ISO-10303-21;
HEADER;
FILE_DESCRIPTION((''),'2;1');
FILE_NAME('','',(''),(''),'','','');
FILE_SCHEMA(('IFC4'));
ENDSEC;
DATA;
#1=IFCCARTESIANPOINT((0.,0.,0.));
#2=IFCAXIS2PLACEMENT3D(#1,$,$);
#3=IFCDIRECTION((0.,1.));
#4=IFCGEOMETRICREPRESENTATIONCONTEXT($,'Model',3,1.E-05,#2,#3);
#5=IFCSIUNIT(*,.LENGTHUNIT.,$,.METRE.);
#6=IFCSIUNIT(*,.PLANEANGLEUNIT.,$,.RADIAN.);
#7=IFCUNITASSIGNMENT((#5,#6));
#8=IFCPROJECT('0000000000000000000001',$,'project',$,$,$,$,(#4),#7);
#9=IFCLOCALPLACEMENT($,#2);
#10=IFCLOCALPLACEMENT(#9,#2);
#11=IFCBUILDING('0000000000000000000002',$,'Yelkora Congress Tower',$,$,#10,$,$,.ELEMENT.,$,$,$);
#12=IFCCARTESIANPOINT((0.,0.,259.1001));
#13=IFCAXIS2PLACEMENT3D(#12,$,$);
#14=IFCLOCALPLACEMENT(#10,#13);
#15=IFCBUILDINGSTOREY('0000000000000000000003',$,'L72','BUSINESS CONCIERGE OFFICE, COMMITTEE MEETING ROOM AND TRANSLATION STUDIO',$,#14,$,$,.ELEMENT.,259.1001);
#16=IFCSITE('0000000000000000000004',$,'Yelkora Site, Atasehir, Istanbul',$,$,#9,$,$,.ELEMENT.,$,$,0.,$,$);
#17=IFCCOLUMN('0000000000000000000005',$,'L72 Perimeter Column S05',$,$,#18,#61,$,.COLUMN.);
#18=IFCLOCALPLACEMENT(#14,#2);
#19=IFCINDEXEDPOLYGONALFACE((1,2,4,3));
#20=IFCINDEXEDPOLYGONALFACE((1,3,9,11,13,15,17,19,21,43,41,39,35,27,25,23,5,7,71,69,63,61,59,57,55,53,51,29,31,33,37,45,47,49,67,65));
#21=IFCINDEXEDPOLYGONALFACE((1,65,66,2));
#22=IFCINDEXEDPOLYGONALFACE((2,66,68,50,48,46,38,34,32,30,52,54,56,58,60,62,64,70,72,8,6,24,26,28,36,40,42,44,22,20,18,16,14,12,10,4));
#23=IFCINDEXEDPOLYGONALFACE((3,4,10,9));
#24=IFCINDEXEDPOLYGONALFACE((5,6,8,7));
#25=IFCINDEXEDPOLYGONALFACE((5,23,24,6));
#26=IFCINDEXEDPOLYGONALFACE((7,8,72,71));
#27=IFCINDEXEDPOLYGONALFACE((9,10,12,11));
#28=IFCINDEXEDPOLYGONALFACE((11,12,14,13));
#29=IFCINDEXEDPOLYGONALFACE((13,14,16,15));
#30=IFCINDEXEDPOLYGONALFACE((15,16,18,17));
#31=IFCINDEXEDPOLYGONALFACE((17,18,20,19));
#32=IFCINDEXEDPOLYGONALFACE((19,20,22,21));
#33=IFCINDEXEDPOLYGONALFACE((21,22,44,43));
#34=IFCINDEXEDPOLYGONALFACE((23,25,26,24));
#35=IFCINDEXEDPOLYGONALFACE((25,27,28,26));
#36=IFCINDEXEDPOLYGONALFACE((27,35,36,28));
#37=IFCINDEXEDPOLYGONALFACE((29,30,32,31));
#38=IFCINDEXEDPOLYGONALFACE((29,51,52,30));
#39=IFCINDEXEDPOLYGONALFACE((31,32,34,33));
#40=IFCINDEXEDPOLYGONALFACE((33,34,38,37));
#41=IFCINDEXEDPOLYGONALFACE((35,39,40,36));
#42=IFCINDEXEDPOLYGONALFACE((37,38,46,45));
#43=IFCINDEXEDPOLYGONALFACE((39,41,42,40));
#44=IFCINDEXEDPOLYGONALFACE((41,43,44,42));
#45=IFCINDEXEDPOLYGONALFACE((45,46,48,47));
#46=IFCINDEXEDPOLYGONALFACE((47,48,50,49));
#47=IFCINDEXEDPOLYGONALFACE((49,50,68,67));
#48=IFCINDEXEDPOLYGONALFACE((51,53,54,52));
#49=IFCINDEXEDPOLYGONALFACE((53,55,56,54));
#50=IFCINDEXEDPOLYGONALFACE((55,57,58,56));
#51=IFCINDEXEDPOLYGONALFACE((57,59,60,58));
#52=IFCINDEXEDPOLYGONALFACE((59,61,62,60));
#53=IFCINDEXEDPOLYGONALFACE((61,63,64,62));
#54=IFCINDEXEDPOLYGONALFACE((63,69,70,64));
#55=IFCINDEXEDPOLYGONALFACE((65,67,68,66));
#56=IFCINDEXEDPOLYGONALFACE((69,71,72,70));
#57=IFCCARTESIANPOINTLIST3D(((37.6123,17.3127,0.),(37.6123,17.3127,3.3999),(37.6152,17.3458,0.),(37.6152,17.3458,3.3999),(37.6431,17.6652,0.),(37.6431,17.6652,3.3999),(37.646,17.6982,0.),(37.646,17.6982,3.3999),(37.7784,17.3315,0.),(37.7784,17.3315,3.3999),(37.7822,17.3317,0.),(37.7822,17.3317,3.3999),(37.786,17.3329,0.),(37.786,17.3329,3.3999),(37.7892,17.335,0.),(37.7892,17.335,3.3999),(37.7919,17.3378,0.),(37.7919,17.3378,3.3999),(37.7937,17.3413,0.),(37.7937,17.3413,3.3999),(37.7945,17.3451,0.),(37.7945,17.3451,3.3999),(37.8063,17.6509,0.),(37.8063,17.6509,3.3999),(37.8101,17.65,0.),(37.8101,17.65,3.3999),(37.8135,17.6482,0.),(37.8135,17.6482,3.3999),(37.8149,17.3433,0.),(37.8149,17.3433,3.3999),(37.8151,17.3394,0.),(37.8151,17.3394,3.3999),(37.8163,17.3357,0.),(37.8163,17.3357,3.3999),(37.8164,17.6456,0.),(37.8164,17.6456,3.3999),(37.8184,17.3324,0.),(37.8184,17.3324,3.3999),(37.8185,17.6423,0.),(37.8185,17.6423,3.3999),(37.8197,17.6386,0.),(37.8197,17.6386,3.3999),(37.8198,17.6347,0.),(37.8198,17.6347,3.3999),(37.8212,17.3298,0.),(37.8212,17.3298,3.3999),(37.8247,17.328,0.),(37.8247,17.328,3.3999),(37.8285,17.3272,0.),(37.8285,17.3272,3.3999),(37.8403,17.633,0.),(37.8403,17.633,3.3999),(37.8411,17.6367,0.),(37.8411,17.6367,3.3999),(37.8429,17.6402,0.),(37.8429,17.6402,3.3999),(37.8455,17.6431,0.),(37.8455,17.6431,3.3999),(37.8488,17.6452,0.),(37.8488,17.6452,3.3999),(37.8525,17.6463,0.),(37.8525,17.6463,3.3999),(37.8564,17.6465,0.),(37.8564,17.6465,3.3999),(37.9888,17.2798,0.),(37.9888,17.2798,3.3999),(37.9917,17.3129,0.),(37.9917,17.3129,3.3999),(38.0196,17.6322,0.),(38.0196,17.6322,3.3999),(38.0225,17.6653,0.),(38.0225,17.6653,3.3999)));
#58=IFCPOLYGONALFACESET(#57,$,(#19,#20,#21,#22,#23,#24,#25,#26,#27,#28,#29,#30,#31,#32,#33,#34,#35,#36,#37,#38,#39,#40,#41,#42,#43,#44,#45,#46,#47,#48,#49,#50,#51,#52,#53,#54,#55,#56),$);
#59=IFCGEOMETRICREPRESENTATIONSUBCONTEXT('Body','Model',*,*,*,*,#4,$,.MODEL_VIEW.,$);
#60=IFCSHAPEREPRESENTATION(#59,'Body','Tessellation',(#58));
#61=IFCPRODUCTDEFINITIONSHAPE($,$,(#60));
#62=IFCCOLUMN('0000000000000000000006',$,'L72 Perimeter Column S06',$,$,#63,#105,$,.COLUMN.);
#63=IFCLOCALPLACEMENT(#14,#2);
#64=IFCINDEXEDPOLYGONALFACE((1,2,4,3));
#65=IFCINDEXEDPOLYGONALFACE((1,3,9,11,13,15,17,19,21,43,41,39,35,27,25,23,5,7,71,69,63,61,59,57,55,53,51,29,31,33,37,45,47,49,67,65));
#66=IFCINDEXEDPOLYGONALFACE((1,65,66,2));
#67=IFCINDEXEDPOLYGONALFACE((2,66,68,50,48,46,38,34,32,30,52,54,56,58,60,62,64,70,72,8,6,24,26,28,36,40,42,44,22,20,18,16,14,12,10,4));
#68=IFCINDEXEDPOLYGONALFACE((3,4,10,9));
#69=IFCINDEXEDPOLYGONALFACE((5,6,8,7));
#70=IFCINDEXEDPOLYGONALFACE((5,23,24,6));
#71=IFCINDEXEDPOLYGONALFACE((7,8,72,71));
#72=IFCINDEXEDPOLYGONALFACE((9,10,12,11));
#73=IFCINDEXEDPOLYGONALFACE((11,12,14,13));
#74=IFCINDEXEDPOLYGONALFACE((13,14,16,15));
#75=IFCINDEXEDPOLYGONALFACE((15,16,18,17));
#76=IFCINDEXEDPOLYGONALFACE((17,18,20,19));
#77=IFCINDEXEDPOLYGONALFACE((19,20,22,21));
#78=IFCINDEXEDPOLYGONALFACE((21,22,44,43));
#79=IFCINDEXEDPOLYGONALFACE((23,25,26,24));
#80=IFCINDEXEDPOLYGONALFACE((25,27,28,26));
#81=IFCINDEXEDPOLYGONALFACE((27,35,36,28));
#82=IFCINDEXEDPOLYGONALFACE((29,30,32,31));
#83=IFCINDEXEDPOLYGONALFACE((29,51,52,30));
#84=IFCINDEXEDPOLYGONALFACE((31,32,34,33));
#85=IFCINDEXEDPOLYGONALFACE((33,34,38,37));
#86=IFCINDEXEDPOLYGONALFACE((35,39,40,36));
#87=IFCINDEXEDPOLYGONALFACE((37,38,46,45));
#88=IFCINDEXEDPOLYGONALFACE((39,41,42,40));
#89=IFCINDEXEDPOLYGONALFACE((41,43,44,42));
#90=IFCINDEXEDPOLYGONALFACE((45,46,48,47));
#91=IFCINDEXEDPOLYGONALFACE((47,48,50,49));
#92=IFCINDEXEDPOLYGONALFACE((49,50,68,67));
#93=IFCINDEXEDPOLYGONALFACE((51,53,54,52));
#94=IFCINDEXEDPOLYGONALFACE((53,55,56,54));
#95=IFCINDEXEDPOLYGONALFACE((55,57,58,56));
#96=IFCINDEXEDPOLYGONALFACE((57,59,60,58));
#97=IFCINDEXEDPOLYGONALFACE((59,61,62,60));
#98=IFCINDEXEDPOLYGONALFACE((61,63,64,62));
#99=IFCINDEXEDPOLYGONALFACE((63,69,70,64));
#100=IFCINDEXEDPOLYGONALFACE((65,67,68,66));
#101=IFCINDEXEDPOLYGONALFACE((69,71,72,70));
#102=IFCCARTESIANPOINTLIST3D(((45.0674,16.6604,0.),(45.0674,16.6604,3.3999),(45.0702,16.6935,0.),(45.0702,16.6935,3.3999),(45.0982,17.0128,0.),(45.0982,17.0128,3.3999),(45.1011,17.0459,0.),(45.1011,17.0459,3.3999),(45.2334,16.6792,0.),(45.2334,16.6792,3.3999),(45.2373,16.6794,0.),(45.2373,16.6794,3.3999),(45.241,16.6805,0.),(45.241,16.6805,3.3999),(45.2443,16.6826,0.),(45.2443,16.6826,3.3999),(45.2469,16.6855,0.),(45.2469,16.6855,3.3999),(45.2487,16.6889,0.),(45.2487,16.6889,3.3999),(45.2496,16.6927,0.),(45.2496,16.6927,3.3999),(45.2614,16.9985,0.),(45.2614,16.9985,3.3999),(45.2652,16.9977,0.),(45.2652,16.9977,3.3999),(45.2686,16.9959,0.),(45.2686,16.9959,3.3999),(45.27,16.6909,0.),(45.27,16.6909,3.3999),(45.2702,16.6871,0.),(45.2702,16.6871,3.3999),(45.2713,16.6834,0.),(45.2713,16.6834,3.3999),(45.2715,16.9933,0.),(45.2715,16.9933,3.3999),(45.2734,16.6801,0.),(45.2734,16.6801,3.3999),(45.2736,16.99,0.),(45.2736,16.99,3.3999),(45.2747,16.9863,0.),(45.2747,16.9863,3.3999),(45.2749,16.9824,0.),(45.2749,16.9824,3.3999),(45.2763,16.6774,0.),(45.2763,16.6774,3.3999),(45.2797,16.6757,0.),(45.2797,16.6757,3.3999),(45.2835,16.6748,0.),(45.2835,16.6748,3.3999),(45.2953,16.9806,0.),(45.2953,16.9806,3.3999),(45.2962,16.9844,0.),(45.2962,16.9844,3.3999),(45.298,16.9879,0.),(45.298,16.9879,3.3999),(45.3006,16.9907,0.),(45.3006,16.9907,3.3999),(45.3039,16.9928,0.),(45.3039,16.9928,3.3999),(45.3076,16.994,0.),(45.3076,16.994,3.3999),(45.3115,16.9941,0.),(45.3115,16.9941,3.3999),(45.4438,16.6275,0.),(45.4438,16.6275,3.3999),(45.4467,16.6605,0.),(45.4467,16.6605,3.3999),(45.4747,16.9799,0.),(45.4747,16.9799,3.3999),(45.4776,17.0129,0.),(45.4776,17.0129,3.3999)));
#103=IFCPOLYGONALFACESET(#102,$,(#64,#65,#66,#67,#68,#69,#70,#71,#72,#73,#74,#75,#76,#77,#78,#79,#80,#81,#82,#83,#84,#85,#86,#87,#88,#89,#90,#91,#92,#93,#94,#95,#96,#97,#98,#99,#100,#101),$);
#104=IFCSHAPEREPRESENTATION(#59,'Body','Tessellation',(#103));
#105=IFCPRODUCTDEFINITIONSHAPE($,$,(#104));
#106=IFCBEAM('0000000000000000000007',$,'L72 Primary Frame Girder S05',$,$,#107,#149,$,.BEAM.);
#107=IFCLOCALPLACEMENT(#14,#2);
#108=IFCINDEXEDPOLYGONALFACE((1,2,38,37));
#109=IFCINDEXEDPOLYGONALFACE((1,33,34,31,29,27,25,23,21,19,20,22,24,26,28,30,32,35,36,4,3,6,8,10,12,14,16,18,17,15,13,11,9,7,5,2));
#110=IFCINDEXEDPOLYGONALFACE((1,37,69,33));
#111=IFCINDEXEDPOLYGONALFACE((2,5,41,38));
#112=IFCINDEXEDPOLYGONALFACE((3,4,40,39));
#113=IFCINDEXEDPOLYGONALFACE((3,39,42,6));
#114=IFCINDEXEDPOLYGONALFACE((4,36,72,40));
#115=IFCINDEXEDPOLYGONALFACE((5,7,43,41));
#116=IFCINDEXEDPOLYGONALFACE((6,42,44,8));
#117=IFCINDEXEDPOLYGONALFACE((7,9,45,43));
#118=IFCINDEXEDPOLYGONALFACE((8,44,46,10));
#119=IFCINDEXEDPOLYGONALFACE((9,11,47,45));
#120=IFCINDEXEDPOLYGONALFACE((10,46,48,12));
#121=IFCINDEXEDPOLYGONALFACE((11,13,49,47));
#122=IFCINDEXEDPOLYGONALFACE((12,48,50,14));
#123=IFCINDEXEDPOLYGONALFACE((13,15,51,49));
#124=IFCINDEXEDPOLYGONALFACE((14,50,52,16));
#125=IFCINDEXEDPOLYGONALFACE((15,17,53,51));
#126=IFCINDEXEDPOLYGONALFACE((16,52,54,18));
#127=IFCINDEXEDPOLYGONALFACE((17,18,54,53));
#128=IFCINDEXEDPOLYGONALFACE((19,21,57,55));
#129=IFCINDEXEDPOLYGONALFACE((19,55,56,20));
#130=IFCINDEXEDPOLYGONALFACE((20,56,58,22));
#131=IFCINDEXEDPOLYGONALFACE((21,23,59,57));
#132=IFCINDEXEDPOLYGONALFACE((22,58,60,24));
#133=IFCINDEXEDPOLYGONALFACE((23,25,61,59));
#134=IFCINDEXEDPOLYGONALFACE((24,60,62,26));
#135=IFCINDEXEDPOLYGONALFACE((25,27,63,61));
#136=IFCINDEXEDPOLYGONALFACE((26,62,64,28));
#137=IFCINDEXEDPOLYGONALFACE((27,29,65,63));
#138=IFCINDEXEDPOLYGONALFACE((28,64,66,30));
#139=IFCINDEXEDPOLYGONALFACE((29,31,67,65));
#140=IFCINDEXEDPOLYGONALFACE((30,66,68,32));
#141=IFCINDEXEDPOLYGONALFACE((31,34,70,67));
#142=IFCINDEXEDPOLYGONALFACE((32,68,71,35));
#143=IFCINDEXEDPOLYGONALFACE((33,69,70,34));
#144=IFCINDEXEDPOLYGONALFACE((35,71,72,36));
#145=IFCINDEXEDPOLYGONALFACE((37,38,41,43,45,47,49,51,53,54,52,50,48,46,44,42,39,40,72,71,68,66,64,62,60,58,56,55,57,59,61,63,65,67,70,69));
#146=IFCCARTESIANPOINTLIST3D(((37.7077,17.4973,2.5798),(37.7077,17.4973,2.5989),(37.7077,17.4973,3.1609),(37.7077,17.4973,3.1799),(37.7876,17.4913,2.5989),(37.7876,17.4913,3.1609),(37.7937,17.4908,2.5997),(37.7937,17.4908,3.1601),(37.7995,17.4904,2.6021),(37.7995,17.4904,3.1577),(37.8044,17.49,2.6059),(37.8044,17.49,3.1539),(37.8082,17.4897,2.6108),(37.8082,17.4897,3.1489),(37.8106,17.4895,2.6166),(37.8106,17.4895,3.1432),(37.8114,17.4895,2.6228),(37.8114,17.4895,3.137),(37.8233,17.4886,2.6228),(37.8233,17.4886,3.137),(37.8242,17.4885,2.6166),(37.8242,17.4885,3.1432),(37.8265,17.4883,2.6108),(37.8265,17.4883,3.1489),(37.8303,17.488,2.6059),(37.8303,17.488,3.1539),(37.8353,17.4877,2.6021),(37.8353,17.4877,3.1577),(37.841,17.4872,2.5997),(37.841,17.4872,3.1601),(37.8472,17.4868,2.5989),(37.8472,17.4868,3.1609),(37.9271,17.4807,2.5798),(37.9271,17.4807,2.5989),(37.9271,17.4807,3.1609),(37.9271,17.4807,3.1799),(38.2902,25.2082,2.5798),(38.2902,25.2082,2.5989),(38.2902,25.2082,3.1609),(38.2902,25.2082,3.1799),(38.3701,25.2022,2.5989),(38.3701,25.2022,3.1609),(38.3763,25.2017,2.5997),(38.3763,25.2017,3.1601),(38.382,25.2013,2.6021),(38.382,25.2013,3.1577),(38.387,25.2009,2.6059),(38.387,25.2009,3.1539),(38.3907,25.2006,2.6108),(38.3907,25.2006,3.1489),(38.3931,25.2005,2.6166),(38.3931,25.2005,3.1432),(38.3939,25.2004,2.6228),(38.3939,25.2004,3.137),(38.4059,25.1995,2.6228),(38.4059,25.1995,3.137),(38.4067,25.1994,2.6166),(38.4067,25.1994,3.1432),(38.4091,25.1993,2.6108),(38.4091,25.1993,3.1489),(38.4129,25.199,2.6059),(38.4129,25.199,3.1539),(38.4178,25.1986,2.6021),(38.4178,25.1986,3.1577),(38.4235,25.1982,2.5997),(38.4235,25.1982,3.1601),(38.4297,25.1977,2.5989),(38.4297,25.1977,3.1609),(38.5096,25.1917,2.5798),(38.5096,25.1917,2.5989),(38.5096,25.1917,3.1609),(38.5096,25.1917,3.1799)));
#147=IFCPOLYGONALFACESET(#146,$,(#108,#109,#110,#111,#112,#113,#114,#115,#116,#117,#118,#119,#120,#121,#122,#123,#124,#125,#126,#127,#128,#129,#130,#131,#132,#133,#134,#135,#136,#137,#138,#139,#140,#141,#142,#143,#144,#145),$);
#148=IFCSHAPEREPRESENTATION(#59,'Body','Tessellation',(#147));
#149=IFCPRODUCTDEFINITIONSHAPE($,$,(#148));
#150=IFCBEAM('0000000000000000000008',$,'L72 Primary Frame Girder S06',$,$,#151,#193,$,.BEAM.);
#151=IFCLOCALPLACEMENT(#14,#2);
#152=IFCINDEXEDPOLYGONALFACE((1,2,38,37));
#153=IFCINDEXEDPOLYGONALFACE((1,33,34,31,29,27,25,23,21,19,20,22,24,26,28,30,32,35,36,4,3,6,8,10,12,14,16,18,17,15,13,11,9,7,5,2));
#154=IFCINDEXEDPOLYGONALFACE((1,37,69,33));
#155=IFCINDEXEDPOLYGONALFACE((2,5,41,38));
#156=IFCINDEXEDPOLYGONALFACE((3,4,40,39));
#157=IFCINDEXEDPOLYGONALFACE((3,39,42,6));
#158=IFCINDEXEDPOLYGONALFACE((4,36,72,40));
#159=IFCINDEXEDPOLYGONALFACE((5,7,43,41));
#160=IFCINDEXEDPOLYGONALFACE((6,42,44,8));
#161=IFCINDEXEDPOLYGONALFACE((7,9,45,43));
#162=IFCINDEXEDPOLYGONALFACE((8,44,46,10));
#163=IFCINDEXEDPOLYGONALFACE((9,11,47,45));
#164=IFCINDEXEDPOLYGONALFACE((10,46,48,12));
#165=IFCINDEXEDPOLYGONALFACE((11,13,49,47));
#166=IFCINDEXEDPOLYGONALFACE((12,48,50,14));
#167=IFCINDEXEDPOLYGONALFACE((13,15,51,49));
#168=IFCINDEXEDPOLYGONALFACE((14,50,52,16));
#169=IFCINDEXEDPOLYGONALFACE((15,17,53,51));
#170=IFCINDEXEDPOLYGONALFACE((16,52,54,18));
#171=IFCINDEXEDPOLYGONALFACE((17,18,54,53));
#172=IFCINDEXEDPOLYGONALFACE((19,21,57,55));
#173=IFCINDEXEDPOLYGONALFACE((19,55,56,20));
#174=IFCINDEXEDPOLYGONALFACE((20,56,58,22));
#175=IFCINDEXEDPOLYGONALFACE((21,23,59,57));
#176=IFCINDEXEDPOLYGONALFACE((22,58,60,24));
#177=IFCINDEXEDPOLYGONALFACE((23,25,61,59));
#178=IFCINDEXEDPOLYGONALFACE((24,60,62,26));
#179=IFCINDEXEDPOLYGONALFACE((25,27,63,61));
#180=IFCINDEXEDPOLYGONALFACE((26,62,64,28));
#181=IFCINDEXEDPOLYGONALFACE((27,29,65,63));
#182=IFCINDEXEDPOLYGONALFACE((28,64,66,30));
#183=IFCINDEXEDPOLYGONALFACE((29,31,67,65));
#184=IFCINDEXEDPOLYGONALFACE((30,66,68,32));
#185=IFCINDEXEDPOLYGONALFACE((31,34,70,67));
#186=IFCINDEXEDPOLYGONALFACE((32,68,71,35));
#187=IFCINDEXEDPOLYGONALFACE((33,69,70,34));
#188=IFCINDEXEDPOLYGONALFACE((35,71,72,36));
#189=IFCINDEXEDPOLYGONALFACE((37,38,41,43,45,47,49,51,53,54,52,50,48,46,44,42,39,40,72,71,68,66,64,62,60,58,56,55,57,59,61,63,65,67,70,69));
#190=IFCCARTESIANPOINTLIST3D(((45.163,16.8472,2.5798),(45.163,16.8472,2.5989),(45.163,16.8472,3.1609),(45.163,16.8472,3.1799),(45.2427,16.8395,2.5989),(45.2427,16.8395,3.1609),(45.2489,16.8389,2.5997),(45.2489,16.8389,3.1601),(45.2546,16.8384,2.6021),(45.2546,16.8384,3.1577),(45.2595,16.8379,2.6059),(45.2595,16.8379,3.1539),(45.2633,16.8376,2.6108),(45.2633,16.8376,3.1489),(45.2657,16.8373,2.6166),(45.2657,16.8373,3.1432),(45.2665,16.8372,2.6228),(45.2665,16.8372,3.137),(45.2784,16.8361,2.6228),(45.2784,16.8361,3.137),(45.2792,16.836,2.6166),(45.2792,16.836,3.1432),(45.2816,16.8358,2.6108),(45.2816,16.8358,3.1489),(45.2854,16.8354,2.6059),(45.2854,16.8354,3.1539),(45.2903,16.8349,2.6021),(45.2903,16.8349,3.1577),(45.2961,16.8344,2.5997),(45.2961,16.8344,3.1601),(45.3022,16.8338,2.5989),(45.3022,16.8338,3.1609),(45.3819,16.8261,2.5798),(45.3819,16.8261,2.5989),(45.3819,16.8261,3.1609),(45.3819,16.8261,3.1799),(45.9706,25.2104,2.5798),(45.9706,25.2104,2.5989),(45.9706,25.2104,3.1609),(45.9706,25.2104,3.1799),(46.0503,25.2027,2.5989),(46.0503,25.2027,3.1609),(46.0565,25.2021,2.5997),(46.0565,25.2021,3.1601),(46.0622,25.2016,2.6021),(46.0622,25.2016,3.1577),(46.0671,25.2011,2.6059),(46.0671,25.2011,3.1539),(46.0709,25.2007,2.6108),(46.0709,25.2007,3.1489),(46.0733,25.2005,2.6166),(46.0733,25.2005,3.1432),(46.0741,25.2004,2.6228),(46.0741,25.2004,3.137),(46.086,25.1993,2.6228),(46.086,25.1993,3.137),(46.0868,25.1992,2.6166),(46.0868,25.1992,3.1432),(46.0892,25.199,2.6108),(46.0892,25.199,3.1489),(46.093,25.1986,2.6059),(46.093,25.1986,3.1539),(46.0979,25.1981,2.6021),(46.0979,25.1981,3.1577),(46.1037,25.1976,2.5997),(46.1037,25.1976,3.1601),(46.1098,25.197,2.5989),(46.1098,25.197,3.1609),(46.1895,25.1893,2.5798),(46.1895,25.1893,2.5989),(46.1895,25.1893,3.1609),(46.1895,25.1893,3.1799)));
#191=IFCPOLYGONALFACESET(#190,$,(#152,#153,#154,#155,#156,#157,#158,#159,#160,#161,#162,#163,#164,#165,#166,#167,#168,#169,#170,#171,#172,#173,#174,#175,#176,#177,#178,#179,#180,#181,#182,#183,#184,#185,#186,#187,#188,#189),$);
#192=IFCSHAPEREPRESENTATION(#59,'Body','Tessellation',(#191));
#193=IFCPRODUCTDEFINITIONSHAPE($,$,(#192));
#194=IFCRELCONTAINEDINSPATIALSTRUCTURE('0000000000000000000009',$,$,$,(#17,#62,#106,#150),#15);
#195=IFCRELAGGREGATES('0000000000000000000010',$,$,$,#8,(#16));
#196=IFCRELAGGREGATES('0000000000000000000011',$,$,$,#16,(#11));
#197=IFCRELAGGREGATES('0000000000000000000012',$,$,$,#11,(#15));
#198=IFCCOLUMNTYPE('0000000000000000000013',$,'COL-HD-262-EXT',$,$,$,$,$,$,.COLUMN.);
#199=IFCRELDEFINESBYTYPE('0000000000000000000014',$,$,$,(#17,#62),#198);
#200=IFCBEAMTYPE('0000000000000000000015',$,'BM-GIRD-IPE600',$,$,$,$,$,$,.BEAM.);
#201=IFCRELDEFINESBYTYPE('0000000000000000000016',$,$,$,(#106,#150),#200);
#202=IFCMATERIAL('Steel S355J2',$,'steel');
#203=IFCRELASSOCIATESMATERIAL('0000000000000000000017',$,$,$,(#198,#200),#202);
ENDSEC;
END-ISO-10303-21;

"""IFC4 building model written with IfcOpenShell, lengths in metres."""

from ifc_helpers import new_model, si_unit, direction, frame, origin, origin_2d, place, context, subcontext, project, spatial, i_section, extrude, material, material_profile, profile_set, type_object, element, save


model = new_model("IFC4")

# Units and contexts
model_context = context("Model", 3, precision=1e-05, world=origin(), true_north=direction((0.0, 1.0)))
body_context = subcontext(model_context, "Body", "Model", "MODEL_VIEW")
ifc_project = project(units=[si_unit("LENGTHUNIT", "METRE"), si_unit("PLANEANGLEUNIT", "RADIAN")], contexts=[model_context])

# Site, building, storey
site_placement = place(None, origin())
site = spatial("IfcSite", under=ifc_project, at=site_placement, Name="Yelkora Site, Atasehir, Istanbul", CompositionType="ELEMENT", RefElevation=0.0)
building_placement = place(site_placement, origin())
building = spatial("IfcBuilding", under=site, at=building_placement, Name="Yelkora Congress Tower", CompositionType="ELEMENT")
storey_placement = place(building_placement, frame((0.0, 0.0, 259.1001)))
storey = spatial("IfcBuildingStorey", under=building, at=storey_placement, Name="L72", Description="BUSINESS CONCIERGE OFFICE, COMMITTEE MEETING ROOM AND TRANSLATION STUDIO", CompositionType="ELEMENT", Elevation=259.1001)

# Columns
ifc_material_1 = material(Name="Steel S355J2", Category="steel")
ifc_material_profile_1 = material_profile(ifc_material_1, i_section(OverallWidth=0.3779, OverallDepth=0.387, WebThickness=0.0205, FlangeThickness=0.0332, FilletRadius=0.0149, at=origin_2d()), Name="HD 360x262")
ifc_profile_set_1 = profile_set([ifc_material_profile_1], Name="Steel S355J2")
column_type = type_object("IfcColumnType", Name="COL-HD-262-EXT", PredefinedType="COLUMN", material=ifc_profile_set_1)
for number, where, z_axis, x_axis, name in (
    (1, (37.8174, 17.489, 0.0), (0.0, 0.0, 1.0), (0.996195, -0.087156, 0.0), "L72 Perimeter Column S05"),
    (2, (45.2725, 16.8367, 0.0), (0.0, 0.0, 1.0), (0.996195, -0.087156, 0.0), "L72 Perimeter Column S06"),
):
    element("IfcColumn", number, at=place(storey_placement, frame(where, z_axis=z_axis, x_axis=x_axis)), inside=storey, type_object=column_type, Name=name, PredefinedType="COLUMN", context=body_context, shape_type="SweptSolid", body=[
        extrude(i_section(OverallWidth=0.3779, OverallDepth=0.387, WebThickness=0.0205, FlangeThickness=0.0332, FilletRadius=0.0149, at=origin_2d()), origin(), (0.0, 0.0, 1.0), 3.3999),
    ])

# Beams
ifc_material_profile_2 = material_profile(ifc_material_1, i_section(OverallWidth=0.22, OverallDepth=0.6001, WebThickness=0.012, FlangeThickness=0.019, FilletRadius=0.0239, at=origin_2d()), Name="IPE 600")
ifc_profile_set_2 = profile_set([ifc_material_profile_2], Name="Steel S355J2")
beam_type_1 = type_object("IfcBeamType", Name="BM-GIRD-IPE600", PredefinedType="BEAM", material=ifc_profile_set_2)
beam_1_placement = place(storey_placement, frame((37.8174, 17.489, 2.8799), z_axis=(0.07533, 0.997159, 0.0), x_axis=(-0.997159, 0.07533, 0.0)))
element("IfcBeam", 3, at=beam_1_placement, inside=storey, type_object=beam_type_1, Name="L72 Primary Frame Girder S05", PredefinedType="BEAM", context=body_context, shape_type="SweptSolid", body=[
    extrude(i_section(OverallWidth=0.22, OverallDepth=0.6001, WebThickness=0.012, FlangeThickness=0.019, FilletRadius=0.0239, at=origin_2d()), origin(), (0.0, 0.0, 1.0), 7.7329),
])
beam_2_placement = place(storey_placement, frame((45.2725, 16.8367, 2.8799), z_axis=(0.09612, 0.99537, 0.0), x_axis=(-0.99537, 0.09612, 0.0)))
element("IfcBeam", 4, at=beam_2_placement, inside=storey, type_object=beam_type_1, Name="L72 Primary Frame Girder S06", PredefinedType="BEAM", context=body_context, shape_type="SweptSolid", body=[
    extrude(i_section(OverallWidth=0.22, OverallDepth=0.6001, WebThickness=0.012, FlangeThickness=0.019, FilletRadius=0.0239, at=origin_2d()), origin(), (0.0, 0.0, 1.0), 8.4021),
])

save(model, "model.ifc")
